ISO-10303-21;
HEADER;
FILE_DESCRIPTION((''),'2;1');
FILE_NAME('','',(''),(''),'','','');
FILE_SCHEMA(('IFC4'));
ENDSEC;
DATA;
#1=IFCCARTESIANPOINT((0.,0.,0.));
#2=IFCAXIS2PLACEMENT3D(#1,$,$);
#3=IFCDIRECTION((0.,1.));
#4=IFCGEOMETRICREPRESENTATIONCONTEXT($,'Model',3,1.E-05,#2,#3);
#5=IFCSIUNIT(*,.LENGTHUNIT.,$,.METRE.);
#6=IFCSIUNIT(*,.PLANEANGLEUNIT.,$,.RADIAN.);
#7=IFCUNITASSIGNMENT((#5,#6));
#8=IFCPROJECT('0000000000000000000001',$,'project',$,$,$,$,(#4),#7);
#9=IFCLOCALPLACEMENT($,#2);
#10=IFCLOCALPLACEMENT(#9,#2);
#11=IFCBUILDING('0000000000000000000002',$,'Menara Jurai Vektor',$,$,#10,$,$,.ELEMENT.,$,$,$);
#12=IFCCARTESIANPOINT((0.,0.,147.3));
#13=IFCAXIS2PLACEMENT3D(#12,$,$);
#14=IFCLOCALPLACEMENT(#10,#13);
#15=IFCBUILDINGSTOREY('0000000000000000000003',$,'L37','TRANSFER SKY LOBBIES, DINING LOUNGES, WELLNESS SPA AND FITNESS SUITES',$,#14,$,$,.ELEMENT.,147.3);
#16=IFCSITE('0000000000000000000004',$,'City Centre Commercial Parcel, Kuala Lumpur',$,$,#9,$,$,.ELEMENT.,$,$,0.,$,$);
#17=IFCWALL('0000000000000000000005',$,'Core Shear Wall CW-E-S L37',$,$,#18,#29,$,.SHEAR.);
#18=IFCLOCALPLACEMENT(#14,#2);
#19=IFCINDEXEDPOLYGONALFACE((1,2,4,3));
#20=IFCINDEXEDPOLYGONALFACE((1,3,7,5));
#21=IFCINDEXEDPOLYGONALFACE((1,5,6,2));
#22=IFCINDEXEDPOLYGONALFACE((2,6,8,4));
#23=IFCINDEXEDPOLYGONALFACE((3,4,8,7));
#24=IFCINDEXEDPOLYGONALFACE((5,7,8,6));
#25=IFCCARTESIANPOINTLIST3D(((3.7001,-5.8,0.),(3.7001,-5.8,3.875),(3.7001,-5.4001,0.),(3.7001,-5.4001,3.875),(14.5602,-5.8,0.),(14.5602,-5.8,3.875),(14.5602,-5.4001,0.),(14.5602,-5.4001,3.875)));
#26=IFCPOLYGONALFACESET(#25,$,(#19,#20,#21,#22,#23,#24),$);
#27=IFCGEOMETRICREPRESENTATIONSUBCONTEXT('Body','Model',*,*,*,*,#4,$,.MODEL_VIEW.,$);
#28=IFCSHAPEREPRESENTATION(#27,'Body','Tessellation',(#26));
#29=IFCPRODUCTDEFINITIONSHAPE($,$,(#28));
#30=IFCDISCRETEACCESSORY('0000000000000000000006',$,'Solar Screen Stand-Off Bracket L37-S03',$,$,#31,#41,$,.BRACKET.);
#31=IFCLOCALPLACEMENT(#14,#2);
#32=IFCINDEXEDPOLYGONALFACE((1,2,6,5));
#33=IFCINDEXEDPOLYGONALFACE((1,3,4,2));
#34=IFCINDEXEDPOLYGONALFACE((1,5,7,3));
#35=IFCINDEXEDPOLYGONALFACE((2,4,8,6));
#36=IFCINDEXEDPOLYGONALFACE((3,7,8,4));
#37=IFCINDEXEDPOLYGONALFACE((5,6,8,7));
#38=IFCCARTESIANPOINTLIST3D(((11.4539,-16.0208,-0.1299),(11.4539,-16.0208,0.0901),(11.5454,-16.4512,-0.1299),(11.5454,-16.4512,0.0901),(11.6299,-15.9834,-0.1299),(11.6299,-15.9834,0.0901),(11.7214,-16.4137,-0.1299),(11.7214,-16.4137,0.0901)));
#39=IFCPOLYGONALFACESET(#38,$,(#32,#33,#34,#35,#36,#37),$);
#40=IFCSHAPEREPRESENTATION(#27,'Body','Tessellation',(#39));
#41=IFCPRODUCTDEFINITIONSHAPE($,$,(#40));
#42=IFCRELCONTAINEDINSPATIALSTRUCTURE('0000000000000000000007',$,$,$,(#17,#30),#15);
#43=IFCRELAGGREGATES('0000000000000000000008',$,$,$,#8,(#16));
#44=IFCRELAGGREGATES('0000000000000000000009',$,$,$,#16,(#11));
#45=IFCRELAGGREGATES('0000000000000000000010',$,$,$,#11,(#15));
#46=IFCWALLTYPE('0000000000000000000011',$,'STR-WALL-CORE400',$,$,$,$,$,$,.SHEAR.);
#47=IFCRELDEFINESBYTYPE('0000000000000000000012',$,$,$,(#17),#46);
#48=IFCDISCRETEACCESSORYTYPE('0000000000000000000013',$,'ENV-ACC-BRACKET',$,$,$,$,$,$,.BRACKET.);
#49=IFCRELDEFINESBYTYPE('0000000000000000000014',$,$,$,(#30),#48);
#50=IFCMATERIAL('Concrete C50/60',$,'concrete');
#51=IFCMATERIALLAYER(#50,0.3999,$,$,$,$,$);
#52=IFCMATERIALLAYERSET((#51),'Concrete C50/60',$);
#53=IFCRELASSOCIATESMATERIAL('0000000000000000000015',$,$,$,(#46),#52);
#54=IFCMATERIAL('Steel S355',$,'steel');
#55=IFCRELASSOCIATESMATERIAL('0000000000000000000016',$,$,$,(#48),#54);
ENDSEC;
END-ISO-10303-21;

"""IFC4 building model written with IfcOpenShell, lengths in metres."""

from ifc_helpers import new_model, si_unit, direction, frame, frame_2d, origin, origin_2d, place, context, subcontext, project, spatial, rectangle, extrude, material, layer, layer_set, type_object, element, save


model = new_model("IFC4")

# Units and contexts
model_context = context("Model", 3, precision=1e-05, world=origin(), true_north=direction((0.0, 1.0)))
body_context = subcontext(model_context, "Body", "Model", "MODEL_VIEW")
ifc_project = project(units=[si_unit("LENGTHUNIT", "METRE"), si_unit("PLANEANGLEUNIT", "RADIAN")], contexts=[model_context])

# Site, building, storey
site_placement = place(None, origin())
site = spatial("IfcSite", under=ifc_project, at=site_placement, Name="City Centre Commercial Parcel, Kuala Lumpur", CompositionType="ELEMENT", RefElevation=0.0)
building_placement = place(site_placement, origin())
building = spatial("IfcBuilding", under=site, at=building_placement, Name="Menara Jurai Vektor", CompositionType="ELEMENT")
storey_placement = place(building_placement, frame((0.0, 0.0, 147.3)))
storey = spatial("IfcBuildingStorey", under=building, at=storey_placement, Name="L37", Description="TRANSFER SKY LOBBIES, DINING LOUNGES, WELLNESS SPA AND FITNESS SUITES", CompositionType="ELEMENT", Elevation=147.3)

# Shared definitions
ifc_material_1 = material(Name="Concrete C50/60", Category="concrete")

# Shared definitions
ifc_material_2 = material(Name="Steel S355", Category="steel")

# Wall
ifc_layer_1 = layer(ifc_material_1, 0.3999)
ifc_layer_set_1 = layer_set([ifc_layer_1], Name="Concrete C50/60")
wall_type_1 = type_object("IfcWallType", Name="STR-WALL-CORE400", PredefinedType="SHEAR", material=ifc_layer_set_1)
wall_placement = place(storey_placement, frame((3.7, -5.6001, 0.0), z_axis=(0.0, 0.0, 1.0), x_axis=(1.0, 0.0, 0.0)))
element("IfcWall", 1, at=wall_placement, inside=storey, type_object=wall_type_1, Name="Core Shear Wall CW-E-S L37", PredefinedType="SHEAR", context=body_context, shape_type="SweptSolid", body=[
    extrude(rectangle(XDim=10.8601, YDim=0.3999, at=frame_2d((5.4302, 0.0))), origin(), (0.0, 0.0, 1.0), 3.875),
])

# Discrete accessory
discrete_accessory_type = type_object("IfcDiscreteAccessoryType", Name="ENV-ACC-BRACKET", PredefinedType="BRACKET", material=ifc_material_2)
discrete_accessory_placement = place(storey_placement, frame((11.5876, -16.2173, -0.1299), z_axis=(0.0, 0.0, 1.0), x_axis=(0.978148, 0.207912, 0.0)))
element("IfcDiscreteAccessory", 2, at=discrete_accessory_placement, inside=storey, type_object=discrete_accessory_type, Name="Solar Screen Stand-Off Bracket L37-S03", PredefinedType="BRACKET", context=body_context, shape_type="SweptSolid", body=[
    extrude(rectangle(XDim=0.1799, YDim=0.4399, at=origin_2d()), origin(), (0.0, 0.0, 1.0), 0.22),
])

save(model, "model.ifc")
